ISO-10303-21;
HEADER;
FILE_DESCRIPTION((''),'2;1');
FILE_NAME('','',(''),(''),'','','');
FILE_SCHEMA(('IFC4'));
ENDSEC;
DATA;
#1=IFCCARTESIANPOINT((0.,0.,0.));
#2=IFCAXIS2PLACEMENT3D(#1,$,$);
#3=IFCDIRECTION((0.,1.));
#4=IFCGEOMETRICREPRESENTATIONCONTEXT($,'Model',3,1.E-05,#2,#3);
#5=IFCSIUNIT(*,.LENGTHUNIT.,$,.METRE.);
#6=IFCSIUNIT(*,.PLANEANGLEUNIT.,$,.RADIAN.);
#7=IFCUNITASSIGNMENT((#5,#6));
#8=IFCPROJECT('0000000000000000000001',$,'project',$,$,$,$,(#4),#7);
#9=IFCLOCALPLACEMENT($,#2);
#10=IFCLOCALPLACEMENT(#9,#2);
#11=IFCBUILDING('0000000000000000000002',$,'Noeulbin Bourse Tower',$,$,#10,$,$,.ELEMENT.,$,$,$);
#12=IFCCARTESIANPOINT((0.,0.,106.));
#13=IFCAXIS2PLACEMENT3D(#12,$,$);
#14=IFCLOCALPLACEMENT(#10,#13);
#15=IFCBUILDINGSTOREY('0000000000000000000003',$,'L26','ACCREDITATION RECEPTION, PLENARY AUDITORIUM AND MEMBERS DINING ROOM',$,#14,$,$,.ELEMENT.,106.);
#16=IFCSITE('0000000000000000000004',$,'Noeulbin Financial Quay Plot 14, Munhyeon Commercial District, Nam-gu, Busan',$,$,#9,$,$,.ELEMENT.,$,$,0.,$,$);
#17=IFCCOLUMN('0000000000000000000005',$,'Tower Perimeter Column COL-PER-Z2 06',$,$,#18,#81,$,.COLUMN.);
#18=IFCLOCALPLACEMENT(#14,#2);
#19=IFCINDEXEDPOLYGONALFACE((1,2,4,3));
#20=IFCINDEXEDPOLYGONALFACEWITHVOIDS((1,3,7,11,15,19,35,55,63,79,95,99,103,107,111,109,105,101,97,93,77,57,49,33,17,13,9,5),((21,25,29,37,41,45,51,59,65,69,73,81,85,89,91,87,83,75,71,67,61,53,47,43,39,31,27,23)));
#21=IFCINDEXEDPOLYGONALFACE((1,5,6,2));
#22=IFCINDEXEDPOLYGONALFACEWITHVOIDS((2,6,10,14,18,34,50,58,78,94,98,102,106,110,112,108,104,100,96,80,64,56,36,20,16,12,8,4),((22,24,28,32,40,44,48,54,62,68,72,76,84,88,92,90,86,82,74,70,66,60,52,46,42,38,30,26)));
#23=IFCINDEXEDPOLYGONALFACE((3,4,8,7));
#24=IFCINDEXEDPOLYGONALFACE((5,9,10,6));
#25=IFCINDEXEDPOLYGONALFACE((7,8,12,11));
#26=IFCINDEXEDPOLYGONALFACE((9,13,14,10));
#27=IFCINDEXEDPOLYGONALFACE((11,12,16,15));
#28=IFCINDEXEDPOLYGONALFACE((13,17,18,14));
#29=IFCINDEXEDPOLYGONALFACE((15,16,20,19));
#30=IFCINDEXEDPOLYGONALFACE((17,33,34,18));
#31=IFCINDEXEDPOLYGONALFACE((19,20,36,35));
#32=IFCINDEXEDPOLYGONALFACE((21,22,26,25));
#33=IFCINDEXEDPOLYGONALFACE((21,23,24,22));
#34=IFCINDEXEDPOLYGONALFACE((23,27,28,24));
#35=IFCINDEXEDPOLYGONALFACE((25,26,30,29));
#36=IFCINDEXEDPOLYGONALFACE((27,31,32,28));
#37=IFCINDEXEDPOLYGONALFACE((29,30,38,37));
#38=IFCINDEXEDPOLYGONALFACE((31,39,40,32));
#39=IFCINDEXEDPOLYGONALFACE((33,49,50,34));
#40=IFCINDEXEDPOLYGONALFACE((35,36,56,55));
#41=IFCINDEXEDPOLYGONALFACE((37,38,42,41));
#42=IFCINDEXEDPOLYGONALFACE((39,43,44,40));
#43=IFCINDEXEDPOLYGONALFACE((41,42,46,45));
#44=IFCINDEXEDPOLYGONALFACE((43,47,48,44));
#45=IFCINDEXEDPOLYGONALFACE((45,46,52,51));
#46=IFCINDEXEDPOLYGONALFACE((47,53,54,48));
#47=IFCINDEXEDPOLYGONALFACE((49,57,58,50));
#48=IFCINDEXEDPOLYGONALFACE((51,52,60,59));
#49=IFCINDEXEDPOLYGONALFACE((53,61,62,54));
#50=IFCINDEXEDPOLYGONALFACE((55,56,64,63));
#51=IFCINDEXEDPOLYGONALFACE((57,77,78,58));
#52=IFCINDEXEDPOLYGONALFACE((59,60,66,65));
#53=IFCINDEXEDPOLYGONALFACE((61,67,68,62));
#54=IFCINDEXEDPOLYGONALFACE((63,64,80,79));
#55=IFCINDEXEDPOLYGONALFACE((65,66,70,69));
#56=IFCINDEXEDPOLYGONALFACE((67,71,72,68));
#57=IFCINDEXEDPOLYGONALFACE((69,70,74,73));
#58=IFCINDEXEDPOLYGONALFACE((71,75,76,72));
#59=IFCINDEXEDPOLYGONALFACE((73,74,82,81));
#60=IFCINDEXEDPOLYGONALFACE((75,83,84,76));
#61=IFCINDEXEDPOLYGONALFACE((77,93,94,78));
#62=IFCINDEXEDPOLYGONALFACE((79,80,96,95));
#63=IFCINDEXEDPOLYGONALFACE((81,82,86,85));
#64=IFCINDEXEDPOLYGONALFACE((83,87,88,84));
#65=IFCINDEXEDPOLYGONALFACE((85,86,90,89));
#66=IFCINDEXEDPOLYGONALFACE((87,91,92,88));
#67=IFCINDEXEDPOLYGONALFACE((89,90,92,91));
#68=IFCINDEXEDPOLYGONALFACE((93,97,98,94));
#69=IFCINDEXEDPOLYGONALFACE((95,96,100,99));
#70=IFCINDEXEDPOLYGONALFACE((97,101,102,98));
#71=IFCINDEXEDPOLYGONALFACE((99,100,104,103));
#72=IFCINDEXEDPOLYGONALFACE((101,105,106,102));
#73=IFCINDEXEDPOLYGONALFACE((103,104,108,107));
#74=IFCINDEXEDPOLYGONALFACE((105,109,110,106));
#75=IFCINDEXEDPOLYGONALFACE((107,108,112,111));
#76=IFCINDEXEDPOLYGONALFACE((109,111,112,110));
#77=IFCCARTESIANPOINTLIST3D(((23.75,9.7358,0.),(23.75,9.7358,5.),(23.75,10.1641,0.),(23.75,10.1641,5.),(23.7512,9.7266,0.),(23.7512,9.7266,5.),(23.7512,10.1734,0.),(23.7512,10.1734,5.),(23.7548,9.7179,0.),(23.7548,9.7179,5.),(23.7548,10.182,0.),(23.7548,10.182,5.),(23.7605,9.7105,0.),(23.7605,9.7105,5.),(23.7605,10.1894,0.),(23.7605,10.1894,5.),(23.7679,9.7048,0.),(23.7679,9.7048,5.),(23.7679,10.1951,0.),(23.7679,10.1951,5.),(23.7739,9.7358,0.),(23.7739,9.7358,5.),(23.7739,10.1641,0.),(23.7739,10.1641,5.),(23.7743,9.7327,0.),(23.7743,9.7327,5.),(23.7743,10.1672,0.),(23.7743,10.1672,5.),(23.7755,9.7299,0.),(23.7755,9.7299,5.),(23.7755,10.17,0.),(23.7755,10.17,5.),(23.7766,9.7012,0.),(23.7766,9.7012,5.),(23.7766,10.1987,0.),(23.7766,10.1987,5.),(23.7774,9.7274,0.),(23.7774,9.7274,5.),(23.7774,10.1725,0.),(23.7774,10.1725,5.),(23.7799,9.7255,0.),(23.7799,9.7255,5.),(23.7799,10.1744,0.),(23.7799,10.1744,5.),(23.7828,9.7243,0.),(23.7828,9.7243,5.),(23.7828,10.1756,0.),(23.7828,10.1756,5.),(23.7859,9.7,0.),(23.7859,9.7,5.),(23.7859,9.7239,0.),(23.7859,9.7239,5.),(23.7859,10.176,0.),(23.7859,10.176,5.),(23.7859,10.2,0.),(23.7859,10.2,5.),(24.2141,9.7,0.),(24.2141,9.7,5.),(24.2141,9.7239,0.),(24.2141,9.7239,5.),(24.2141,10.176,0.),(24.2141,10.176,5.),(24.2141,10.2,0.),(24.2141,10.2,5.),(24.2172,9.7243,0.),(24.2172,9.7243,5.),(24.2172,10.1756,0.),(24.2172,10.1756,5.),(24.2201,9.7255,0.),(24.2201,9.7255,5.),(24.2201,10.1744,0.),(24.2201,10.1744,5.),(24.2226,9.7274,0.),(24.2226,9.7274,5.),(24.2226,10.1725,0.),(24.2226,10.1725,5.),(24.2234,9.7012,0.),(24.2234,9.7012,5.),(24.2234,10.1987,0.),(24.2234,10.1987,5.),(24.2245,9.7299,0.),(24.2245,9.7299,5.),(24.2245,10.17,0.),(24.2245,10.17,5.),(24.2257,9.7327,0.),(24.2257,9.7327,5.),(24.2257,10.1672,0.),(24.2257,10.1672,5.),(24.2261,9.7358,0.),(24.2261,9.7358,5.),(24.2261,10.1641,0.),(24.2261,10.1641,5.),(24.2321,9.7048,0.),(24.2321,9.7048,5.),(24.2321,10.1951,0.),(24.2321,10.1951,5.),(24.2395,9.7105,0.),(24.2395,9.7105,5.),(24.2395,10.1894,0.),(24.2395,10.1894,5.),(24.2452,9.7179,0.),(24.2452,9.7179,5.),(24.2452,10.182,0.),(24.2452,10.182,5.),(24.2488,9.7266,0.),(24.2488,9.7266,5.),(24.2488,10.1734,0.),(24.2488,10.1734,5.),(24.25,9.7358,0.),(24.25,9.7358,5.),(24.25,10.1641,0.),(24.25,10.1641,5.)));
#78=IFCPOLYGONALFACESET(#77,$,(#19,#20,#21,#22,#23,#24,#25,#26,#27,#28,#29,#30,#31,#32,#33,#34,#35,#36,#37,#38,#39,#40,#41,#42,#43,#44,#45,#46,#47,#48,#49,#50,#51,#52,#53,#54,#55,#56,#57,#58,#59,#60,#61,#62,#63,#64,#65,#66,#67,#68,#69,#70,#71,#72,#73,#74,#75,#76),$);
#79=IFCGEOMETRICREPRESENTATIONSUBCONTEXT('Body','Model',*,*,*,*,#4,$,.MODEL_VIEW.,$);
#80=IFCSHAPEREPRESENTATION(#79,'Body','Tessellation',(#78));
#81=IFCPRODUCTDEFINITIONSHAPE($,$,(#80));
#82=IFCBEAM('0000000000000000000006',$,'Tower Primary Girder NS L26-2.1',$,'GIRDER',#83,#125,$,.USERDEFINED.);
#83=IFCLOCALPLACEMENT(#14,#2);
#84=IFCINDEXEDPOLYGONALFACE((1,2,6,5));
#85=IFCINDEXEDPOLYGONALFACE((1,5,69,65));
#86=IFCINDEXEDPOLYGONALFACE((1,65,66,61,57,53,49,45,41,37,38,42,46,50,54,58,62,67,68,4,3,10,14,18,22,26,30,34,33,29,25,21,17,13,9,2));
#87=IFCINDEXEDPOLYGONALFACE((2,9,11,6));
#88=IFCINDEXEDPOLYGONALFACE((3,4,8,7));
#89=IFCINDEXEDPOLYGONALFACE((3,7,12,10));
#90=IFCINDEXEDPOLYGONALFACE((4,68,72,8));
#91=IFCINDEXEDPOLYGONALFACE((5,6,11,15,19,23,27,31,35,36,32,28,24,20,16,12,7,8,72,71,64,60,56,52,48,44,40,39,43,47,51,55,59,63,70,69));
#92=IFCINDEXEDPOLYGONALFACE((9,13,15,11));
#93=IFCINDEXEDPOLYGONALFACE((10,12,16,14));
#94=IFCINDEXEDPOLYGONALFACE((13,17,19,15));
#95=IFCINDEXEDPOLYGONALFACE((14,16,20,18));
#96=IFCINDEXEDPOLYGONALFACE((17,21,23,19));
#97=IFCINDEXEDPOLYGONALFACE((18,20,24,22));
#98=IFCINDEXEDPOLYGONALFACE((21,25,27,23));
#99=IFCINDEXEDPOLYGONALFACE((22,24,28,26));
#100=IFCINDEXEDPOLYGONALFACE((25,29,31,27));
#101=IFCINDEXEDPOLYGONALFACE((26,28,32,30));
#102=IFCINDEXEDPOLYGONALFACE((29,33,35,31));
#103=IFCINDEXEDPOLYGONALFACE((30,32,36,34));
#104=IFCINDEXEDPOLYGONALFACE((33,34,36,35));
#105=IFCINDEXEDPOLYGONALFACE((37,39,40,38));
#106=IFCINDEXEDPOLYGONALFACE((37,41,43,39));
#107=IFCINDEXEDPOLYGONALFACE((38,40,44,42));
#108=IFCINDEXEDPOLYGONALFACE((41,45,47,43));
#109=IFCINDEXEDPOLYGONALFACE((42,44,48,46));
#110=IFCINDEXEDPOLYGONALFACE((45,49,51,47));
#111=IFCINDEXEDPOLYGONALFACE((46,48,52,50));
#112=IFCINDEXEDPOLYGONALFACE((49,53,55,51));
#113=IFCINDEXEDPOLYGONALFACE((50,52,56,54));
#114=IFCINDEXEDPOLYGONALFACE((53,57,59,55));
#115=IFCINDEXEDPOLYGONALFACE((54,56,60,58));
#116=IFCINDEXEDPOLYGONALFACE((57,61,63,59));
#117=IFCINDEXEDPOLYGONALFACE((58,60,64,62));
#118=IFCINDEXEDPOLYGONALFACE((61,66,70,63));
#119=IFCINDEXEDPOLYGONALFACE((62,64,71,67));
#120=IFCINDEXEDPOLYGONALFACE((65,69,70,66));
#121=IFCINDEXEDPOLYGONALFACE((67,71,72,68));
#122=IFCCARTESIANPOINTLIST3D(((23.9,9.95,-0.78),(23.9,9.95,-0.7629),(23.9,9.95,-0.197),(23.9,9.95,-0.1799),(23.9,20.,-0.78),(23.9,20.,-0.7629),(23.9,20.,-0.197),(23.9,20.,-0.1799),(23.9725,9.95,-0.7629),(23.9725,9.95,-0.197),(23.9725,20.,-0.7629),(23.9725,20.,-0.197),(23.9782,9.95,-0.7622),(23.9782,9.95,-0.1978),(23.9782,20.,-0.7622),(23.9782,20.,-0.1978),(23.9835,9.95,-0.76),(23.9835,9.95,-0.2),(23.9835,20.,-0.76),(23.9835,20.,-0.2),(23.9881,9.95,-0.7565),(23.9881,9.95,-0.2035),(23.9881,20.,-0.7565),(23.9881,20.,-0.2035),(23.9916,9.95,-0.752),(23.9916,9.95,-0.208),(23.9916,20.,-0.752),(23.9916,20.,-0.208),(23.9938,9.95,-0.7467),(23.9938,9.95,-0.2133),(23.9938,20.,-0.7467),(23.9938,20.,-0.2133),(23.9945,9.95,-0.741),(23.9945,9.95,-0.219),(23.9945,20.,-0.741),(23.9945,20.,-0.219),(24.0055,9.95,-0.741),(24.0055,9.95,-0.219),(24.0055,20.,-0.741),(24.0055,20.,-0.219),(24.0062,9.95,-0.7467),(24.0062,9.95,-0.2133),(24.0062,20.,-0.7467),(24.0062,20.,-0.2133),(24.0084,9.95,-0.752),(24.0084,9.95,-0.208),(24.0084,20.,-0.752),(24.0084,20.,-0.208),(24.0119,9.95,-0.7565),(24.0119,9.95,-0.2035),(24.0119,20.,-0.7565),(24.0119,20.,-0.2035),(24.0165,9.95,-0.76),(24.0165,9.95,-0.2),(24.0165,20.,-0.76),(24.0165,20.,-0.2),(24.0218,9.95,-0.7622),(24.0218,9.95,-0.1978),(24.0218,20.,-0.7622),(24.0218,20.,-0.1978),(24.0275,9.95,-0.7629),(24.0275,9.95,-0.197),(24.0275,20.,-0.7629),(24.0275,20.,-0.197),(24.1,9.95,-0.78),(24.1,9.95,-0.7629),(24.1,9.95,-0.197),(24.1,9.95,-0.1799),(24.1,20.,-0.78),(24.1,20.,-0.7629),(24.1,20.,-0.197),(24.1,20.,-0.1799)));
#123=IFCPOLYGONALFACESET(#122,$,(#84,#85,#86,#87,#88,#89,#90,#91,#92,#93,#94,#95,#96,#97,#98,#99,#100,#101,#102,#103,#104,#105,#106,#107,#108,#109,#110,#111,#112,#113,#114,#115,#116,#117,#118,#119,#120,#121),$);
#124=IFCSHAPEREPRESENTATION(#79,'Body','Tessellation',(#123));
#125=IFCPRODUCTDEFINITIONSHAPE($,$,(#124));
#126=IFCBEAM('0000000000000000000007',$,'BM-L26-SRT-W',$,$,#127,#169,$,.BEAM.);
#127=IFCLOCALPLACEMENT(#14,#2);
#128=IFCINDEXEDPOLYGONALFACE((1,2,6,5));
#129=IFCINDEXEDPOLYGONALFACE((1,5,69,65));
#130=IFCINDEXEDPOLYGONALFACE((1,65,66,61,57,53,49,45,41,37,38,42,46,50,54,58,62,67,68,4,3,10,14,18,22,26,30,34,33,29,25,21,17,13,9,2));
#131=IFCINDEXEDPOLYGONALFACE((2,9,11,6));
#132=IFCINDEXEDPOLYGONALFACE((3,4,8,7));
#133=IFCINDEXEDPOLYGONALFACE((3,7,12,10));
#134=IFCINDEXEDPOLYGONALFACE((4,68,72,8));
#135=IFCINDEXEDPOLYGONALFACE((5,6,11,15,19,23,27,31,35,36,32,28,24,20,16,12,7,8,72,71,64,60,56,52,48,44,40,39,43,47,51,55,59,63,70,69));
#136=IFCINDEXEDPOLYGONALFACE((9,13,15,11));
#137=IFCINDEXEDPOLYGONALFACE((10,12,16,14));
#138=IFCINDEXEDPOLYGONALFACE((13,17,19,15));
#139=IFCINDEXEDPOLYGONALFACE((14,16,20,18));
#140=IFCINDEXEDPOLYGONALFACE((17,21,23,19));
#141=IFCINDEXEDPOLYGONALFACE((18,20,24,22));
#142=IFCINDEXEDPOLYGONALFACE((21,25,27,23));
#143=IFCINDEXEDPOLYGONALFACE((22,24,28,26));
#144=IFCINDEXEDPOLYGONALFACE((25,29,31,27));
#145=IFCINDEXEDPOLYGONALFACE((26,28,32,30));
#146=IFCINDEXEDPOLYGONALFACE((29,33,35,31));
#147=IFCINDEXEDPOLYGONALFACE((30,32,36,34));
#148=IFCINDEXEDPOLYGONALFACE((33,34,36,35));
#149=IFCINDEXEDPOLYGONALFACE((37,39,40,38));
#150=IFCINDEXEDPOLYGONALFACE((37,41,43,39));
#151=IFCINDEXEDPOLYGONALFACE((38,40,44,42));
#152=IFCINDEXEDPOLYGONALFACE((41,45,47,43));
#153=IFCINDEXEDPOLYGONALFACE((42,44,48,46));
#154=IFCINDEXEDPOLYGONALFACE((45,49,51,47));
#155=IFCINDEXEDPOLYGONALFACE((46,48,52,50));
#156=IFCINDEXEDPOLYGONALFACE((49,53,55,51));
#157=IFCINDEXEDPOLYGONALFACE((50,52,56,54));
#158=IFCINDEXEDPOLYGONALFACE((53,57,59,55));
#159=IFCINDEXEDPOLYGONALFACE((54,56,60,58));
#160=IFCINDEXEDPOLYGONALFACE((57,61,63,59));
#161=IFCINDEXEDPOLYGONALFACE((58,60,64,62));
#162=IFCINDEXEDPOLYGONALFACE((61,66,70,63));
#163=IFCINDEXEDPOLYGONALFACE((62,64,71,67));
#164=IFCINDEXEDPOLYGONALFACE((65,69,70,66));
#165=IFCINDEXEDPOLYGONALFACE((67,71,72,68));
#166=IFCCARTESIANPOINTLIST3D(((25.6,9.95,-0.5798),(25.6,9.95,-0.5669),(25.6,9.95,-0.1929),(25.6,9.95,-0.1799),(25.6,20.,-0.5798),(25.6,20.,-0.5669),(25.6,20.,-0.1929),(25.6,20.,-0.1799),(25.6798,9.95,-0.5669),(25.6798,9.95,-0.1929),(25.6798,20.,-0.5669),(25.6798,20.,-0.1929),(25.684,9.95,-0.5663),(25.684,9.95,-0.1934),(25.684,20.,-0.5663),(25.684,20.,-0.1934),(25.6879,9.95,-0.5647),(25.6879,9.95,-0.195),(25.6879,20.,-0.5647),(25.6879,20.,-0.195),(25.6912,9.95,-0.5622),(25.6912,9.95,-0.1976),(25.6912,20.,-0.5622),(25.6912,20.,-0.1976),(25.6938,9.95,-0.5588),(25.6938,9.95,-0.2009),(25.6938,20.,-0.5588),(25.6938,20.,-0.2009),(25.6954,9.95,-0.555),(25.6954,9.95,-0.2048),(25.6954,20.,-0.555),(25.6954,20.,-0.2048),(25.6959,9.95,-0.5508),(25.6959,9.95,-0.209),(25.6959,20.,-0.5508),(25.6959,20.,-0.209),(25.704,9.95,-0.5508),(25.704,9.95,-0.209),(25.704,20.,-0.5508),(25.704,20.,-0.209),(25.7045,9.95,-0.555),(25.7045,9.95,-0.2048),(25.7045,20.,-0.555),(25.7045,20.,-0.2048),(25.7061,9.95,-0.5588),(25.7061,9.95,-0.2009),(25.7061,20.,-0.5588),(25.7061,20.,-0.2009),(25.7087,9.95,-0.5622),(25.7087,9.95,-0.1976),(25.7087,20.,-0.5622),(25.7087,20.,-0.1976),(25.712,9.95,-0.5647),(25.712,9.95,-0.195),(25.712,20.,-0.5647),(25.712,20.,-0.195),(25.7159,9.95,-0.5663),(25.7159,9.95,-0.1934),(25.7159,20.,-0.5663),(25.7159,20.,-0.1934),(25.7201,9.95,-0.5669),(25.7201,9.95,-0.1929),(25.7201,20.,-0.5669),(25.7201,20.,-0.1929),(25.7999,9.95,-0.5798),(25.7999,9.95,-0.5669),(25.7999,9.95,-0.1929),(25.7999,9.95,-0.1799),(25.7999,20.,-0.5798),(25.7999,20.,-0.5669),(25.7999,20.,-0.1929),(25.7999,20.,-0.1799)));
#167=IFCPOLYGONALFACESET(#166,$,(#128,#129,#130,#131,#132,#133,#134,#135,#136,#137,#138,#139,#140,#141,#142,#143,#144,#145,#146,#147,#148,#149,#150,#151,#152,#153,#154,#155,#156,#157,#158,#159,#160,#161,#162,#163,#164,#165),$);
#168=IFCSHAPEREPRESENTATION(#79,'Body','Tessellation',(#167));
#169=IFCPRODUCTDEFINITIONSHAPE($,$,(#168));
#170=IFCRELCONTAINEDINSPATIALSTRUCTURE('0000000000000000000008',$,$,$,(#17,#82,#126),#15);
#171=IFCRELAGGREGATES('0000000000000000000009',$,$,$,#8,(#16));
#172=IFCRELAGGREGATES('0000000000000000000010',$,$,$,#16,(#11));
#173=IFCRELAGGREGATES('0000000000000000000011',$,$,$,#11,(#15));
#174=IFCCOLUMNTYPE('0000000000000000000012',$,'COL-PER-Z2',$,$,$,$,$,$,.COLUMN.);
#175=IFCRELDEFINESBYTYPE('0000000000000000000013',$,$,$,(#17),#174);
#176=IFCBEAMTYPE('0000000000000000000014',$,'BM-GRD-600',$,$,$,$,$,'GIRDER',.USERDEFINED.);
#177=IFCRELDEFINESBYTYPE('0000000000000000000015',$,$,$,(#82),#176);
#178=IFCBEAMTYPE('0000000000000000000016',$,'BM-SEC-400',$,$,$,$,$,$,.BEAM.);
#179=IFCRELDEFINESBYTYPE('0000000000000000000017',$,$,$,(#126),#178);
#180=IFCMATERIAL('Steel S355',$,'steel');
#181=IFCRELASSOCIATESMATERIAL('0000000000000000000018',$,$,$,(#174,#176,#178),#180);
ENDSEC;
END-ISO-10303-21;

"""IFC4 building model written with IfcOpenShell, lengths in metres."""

from ifc_helpers import new_model, si_unit, direction, frame, origin, origin_2d, place, context, subcontext, project, spatial, hollow_rectangle, i_section, extrude, material, material_profile, profile_set, type_object, element, save


model = new_model("IFC4")

# Units and contexts
model_context = context("Model", 3, precision=1e-05, world=origin(), true_north=direction((0.0, 1.0)))
body_context = subcontext(model_context, "Body", "Model", "MODEL_VIEW")
ifc_project = project(units=[si_unit("LENGTHUNIT", "METRE"), si_unit("PLANEANGLEUNIT", "RADIAN")], contexts=[model_context])

# Site, building, storey
site_placement = place(None, origin())
site = spatial("IfcSite", under=ifc_project, at=site_placement, Name="Noeulbin Financial Quay Plot 14, Munhyeon Commercial District, Nam-gu, Busan", CompositionType="ELEMENT", RefElevation=0.0)
building_placement = place(site_placement, origin())
building = spatial("IfcBuilding", under=site, at=building_placement, Name="Noeulbin Bourse Tower", CompositionType="ELEMENT")
storey_placement = place(building_placement, frame((0.0, 0.0, 106.0)))
storey = spatial("IfcBuildingStorey", under=building, at=storey_placement, Name="L26", Description="ACCREDITATION RECEPTION, PLENARY AUDITORIUM AND MEMBERS DINING ROOM", CompositionType="ELEMENT", Elevation=106.0)

# Column
ifc_material_1 = material(Name="Steel S355", Category="steel")
ifc_material_profile_1 = material_profile(ifc_material_1, hollow_rectangle(XDim=0.5, YDim=0.5, WallThickness=0.0239, InnerFilletRadius=0.012, OuterFilletRadius=0.0359, at=origin_2d()), Name="BOX-500x500x24", Category="LoadBearing")
ifc_profile_set_1 = profile_set([ifc_material_profile_1], Name="Steel S355")
column_type = type_object("IfcColumnType", Name="COL-PER-Z2", PredefinedType="COLUMN", material=ifc_profile_set_1)
column_placement = place(storey_placement, frame((24.0, 9.95, 0.0), z_axis=(0.0, 0.0, 1.0), x_axis=(1.0, 0.0, 0.0)))
element("IfcColumn", 1, at=column_placement, inside=storey, type_object=column_type, Name="Tower Perimeter Column COL-PER-Z2 06", PredefinedType="COLUMN", context=body_context, shape_type="SweptSolid", body=[
    extrude(hollow_rectangle(XDim=0.5, YDim=0.5, WallThickness=0.0239, InnerFilletRadius=0.012, OuterFilletRadius=0.0359, at=origin_2d()), origin(), (0.0, 0.0, 1.0), 5.0),
])

# Beams
ifc_material_profile_2 = material_profile(ifc_material_1, i_section(OverallWidth=0.2, OverallDepth=0.6001, WebThickness=0.011, FlangeThickness=0.0171, FilletRadius=0.022, at=origin_2d()), Name="H-600x200x11x17", Category="LoadBearing")
ifc_profile_set_2 = profile_set([ifc_material_profile_2], Name="Steel S355")
beam_type_1 = type_object("IfcBeamType", Name="BM-GRD-600", ElementType="GIRDER", PredefinedType="USERDEFINED", material=ifc_profile_set_2)
beam_1_placement = place(storey_placement, frame((24.0, 9.95, -0.48), z_axis=(0.0, 1.0, 0.0), x_axis=(-1.0, 0.0, 0.0)))
element("IfcBeam", 2, at=beam_1_placement, inside=storey, type_object=beam_type_1, Name="Tower Primary Girder NS L26-2.1", ObjectType="GIRDER", PredefinedType="USERDEFINED", context=body_context, shape_type="SweptSolid", body=[
    extrude(i_section(OverallWidth=0.2, OverallDepth=0.6001, WebThickness=0.011, FlangeThickness=0.0171, FilletRadius=0.022, at=origin_2d()), origin(), (0.0, 0.0, 1.0), 10.05),
])
ifc_material_profile_3 = material_profile(ifc_material_1, i_section(OverallWidth=0.2, OverallDepth=0.3999, WebThickness=0.0081, FlangeThickness=0.0129, FilletRadius=0.0161, at=origin_2d()), Name="H-400x200x8x13", Category="LoadBearing")
ifc_profile_set_3 = profile_set([ifc_material_profile_3], Name="Steel S355")
beam_type_2 = type_object("IfcBeamType", Name="BM-SEC-400", PredefinedType="BEAM", material=ifc_profile_set_3)
beam_2_placement = place(storey_placement, frame((25.7, 9.95, -0.3799), z_axis=(0.0, 1.0, 0.0), x_axis=(-1.0, 0.0, 0.0)))
element("IfcBeam", 3, at=beam_2_placement, inside=storey, type_object=beam_type_2, Name="BM-L26-SRT-W", PredefinedType="BEAM", context=body_context, shape_type="SweptSolid", body=[
    extrude(i_section(OverallWidth=0.2, OverallDepth=0.3999, WebThickness=0.0081, FlangeThickness=0.0129, FilletRadius=0.0161, at=origin_2d()), origin(), (0.0, 0.0, 1.0), 10.05),
])

save(model, "model.ifc")
